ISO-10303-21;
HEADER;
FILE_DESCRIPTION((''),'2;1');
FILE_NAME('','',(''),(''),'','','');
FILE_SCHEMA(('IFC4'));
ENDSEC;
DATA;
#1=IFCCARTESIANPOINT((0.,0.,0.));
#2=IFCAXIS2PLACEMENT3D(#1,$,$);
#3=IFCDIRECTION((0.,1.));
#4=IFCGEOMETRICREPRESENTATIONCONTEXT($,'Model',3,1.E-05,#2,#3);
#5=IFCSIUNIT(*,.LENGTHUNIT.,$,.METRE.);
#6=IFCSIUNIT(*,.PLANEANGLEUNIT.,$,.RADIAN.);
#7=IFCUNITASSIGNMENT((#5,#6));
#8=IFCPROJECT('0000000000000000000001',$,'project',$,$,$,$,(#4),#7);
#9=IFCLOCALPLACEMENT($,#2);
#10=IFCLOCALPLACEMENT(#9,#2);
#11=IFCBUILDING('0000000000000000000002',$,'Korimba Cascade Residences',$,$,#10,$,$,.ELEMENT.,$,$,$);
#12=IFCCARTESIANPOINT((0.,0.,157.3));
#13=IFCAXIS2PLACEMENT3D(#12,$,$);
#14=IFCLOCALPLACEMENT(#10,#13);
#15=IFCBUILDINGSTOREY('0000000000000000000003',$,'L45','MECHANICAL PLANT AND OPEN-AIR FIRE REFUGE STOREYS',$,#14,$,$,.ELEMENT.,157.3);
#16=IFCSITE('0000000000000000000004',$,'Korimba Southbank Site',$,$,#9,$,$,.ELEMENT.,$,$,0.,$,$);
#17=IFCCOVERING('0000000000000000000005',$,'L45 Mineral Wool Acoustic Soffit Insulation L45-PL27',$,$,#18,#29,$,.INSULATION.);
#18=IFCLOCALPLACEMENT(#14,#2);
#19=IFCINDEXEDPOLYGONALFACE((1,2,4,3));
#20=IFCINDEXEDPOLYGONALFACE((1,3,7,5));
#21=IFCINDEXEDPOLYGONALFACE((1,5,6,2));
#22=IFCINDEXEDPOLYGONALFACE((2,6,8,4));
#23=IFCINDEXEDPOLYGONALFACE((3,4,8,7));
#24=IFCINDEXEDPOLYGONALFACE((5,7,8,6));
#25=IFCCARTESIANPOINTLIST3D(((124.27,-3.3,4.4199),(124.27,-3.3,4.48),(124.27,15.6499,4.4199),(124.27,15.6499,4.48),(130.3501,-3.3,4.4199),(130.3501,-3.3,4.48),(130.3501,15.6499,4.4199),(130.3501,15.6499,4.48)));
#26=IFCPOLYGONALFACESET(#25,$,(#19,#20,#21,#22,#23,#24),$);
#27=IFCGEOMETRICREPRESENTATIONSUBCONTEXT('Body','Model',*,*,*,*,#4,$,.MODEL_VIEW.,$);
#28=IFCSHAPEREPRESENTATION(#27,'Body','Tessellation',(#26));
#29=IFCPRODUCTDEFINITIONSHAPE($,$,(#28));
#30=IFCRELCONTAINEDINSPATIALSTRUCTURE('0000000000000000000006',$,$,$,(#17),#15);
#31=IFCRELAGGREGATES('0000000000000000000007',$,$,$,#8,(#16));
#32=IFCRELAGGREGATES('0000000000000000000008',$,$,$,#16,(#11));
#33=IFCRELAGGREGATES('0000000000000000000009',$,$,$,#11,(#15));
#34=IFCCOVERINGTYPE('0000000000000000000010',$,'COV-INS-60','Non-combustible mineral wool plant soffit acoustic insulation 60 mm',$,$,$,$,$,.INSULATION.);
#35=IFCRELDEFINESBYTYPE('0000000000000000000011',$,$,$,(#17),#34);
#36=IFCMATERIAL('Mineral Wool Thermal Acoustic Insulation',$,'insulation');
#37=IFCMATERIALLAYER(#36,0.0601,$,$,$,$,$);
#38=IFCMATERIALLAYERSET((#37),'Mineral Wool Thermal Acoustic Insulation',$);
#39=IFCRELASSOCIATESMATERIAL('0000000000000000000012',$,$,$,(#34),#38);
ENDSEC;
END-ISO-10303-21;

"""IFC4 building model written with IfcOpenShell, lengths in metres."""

from ifc_helpers import new_model, si_unit, direction, frame, origin, place, context, subcontext, project, spatial, polyline, outline, extrude, material, layer, layer_set, type_object, element, save


model = new_model("IFC4")

# Units and contexts
model_context = context("Model", 3, precision=1e-05, world=origin(), true_north=direction((0.0, 1.0)))
body_context = subcontext(model_context, "Body", "Model", "MODEL_VIEW")
ifc_project = project(units=[si_unit("LENGTHUNIT", "METRE"), si_unit("PLANEANGLEUNIT", "RADIAN")], contexts=[model_context])

# Site, building, storey
site_placement = place(None, origin())
site = spatial("IfcSite", under=ifc_project, at=site_placement, Name="Korimba Southbank Site", CompositionType="ELEMENT", RefElevation=0.0)
building_placement = place(site_placement, origin())
building = spatial("IfcBuilding", under=site, at=building_placement, Name="Korimba Cascade Residences", CompositionType="ELEMENT")
storey_placement = place(building_placement, frame((0.0, 0.0, 157.3)))
storey = spatial("IfcBuildingStorey", under=building, at=storey_placement, Name="L45", Description="MECHANICAL PLANT AND OPEN-AIR FIRE REFUGE STOREYS", CompositionType="ELEMENT", Elevation=157.3)

# Covering
ifc_material_1 = material(Name="Mineral Wool Thermal Acoustic Insulation", Category="insulation")
ifc_layer_1 = layer(ifc_material_1, 0.0601)
ifc_layer_set_1 = layer_set([ifc_layer_1], Name="Mineral Wool Thermal Acoustic Insulation")
covering_type = type_object("IfcCoveringType", Name="COV-INS-60", Description="Non-combustible mineral wool plant soffit acoustic insulation 60 mm", PredefinedType="INSULATION", material=ifc_layer_set_1)
covering_1_placement = place(storey_placement, frame((0.0, 0.0, 4.4199)))
element("IfcCovering", 1, at=covering_1_placement, inside=storey, type_object=covering_type, Name="L45 Mineral Wool Acoustic Soffit Insulation L45-PL27", PredefinedType="INSULATION", context=body_context, shape_type="SweptSolid", body=[
    extrude(outline(polyline([(124.27, -3.3), (130.3501, -3.3), (130.3501, 15.6499), (124.27, 15.6499), (124.27, -3.3)])), origin(), (0.0, 0.0, 1.0), 0.0601),
])

save(model, "model.ifc")
